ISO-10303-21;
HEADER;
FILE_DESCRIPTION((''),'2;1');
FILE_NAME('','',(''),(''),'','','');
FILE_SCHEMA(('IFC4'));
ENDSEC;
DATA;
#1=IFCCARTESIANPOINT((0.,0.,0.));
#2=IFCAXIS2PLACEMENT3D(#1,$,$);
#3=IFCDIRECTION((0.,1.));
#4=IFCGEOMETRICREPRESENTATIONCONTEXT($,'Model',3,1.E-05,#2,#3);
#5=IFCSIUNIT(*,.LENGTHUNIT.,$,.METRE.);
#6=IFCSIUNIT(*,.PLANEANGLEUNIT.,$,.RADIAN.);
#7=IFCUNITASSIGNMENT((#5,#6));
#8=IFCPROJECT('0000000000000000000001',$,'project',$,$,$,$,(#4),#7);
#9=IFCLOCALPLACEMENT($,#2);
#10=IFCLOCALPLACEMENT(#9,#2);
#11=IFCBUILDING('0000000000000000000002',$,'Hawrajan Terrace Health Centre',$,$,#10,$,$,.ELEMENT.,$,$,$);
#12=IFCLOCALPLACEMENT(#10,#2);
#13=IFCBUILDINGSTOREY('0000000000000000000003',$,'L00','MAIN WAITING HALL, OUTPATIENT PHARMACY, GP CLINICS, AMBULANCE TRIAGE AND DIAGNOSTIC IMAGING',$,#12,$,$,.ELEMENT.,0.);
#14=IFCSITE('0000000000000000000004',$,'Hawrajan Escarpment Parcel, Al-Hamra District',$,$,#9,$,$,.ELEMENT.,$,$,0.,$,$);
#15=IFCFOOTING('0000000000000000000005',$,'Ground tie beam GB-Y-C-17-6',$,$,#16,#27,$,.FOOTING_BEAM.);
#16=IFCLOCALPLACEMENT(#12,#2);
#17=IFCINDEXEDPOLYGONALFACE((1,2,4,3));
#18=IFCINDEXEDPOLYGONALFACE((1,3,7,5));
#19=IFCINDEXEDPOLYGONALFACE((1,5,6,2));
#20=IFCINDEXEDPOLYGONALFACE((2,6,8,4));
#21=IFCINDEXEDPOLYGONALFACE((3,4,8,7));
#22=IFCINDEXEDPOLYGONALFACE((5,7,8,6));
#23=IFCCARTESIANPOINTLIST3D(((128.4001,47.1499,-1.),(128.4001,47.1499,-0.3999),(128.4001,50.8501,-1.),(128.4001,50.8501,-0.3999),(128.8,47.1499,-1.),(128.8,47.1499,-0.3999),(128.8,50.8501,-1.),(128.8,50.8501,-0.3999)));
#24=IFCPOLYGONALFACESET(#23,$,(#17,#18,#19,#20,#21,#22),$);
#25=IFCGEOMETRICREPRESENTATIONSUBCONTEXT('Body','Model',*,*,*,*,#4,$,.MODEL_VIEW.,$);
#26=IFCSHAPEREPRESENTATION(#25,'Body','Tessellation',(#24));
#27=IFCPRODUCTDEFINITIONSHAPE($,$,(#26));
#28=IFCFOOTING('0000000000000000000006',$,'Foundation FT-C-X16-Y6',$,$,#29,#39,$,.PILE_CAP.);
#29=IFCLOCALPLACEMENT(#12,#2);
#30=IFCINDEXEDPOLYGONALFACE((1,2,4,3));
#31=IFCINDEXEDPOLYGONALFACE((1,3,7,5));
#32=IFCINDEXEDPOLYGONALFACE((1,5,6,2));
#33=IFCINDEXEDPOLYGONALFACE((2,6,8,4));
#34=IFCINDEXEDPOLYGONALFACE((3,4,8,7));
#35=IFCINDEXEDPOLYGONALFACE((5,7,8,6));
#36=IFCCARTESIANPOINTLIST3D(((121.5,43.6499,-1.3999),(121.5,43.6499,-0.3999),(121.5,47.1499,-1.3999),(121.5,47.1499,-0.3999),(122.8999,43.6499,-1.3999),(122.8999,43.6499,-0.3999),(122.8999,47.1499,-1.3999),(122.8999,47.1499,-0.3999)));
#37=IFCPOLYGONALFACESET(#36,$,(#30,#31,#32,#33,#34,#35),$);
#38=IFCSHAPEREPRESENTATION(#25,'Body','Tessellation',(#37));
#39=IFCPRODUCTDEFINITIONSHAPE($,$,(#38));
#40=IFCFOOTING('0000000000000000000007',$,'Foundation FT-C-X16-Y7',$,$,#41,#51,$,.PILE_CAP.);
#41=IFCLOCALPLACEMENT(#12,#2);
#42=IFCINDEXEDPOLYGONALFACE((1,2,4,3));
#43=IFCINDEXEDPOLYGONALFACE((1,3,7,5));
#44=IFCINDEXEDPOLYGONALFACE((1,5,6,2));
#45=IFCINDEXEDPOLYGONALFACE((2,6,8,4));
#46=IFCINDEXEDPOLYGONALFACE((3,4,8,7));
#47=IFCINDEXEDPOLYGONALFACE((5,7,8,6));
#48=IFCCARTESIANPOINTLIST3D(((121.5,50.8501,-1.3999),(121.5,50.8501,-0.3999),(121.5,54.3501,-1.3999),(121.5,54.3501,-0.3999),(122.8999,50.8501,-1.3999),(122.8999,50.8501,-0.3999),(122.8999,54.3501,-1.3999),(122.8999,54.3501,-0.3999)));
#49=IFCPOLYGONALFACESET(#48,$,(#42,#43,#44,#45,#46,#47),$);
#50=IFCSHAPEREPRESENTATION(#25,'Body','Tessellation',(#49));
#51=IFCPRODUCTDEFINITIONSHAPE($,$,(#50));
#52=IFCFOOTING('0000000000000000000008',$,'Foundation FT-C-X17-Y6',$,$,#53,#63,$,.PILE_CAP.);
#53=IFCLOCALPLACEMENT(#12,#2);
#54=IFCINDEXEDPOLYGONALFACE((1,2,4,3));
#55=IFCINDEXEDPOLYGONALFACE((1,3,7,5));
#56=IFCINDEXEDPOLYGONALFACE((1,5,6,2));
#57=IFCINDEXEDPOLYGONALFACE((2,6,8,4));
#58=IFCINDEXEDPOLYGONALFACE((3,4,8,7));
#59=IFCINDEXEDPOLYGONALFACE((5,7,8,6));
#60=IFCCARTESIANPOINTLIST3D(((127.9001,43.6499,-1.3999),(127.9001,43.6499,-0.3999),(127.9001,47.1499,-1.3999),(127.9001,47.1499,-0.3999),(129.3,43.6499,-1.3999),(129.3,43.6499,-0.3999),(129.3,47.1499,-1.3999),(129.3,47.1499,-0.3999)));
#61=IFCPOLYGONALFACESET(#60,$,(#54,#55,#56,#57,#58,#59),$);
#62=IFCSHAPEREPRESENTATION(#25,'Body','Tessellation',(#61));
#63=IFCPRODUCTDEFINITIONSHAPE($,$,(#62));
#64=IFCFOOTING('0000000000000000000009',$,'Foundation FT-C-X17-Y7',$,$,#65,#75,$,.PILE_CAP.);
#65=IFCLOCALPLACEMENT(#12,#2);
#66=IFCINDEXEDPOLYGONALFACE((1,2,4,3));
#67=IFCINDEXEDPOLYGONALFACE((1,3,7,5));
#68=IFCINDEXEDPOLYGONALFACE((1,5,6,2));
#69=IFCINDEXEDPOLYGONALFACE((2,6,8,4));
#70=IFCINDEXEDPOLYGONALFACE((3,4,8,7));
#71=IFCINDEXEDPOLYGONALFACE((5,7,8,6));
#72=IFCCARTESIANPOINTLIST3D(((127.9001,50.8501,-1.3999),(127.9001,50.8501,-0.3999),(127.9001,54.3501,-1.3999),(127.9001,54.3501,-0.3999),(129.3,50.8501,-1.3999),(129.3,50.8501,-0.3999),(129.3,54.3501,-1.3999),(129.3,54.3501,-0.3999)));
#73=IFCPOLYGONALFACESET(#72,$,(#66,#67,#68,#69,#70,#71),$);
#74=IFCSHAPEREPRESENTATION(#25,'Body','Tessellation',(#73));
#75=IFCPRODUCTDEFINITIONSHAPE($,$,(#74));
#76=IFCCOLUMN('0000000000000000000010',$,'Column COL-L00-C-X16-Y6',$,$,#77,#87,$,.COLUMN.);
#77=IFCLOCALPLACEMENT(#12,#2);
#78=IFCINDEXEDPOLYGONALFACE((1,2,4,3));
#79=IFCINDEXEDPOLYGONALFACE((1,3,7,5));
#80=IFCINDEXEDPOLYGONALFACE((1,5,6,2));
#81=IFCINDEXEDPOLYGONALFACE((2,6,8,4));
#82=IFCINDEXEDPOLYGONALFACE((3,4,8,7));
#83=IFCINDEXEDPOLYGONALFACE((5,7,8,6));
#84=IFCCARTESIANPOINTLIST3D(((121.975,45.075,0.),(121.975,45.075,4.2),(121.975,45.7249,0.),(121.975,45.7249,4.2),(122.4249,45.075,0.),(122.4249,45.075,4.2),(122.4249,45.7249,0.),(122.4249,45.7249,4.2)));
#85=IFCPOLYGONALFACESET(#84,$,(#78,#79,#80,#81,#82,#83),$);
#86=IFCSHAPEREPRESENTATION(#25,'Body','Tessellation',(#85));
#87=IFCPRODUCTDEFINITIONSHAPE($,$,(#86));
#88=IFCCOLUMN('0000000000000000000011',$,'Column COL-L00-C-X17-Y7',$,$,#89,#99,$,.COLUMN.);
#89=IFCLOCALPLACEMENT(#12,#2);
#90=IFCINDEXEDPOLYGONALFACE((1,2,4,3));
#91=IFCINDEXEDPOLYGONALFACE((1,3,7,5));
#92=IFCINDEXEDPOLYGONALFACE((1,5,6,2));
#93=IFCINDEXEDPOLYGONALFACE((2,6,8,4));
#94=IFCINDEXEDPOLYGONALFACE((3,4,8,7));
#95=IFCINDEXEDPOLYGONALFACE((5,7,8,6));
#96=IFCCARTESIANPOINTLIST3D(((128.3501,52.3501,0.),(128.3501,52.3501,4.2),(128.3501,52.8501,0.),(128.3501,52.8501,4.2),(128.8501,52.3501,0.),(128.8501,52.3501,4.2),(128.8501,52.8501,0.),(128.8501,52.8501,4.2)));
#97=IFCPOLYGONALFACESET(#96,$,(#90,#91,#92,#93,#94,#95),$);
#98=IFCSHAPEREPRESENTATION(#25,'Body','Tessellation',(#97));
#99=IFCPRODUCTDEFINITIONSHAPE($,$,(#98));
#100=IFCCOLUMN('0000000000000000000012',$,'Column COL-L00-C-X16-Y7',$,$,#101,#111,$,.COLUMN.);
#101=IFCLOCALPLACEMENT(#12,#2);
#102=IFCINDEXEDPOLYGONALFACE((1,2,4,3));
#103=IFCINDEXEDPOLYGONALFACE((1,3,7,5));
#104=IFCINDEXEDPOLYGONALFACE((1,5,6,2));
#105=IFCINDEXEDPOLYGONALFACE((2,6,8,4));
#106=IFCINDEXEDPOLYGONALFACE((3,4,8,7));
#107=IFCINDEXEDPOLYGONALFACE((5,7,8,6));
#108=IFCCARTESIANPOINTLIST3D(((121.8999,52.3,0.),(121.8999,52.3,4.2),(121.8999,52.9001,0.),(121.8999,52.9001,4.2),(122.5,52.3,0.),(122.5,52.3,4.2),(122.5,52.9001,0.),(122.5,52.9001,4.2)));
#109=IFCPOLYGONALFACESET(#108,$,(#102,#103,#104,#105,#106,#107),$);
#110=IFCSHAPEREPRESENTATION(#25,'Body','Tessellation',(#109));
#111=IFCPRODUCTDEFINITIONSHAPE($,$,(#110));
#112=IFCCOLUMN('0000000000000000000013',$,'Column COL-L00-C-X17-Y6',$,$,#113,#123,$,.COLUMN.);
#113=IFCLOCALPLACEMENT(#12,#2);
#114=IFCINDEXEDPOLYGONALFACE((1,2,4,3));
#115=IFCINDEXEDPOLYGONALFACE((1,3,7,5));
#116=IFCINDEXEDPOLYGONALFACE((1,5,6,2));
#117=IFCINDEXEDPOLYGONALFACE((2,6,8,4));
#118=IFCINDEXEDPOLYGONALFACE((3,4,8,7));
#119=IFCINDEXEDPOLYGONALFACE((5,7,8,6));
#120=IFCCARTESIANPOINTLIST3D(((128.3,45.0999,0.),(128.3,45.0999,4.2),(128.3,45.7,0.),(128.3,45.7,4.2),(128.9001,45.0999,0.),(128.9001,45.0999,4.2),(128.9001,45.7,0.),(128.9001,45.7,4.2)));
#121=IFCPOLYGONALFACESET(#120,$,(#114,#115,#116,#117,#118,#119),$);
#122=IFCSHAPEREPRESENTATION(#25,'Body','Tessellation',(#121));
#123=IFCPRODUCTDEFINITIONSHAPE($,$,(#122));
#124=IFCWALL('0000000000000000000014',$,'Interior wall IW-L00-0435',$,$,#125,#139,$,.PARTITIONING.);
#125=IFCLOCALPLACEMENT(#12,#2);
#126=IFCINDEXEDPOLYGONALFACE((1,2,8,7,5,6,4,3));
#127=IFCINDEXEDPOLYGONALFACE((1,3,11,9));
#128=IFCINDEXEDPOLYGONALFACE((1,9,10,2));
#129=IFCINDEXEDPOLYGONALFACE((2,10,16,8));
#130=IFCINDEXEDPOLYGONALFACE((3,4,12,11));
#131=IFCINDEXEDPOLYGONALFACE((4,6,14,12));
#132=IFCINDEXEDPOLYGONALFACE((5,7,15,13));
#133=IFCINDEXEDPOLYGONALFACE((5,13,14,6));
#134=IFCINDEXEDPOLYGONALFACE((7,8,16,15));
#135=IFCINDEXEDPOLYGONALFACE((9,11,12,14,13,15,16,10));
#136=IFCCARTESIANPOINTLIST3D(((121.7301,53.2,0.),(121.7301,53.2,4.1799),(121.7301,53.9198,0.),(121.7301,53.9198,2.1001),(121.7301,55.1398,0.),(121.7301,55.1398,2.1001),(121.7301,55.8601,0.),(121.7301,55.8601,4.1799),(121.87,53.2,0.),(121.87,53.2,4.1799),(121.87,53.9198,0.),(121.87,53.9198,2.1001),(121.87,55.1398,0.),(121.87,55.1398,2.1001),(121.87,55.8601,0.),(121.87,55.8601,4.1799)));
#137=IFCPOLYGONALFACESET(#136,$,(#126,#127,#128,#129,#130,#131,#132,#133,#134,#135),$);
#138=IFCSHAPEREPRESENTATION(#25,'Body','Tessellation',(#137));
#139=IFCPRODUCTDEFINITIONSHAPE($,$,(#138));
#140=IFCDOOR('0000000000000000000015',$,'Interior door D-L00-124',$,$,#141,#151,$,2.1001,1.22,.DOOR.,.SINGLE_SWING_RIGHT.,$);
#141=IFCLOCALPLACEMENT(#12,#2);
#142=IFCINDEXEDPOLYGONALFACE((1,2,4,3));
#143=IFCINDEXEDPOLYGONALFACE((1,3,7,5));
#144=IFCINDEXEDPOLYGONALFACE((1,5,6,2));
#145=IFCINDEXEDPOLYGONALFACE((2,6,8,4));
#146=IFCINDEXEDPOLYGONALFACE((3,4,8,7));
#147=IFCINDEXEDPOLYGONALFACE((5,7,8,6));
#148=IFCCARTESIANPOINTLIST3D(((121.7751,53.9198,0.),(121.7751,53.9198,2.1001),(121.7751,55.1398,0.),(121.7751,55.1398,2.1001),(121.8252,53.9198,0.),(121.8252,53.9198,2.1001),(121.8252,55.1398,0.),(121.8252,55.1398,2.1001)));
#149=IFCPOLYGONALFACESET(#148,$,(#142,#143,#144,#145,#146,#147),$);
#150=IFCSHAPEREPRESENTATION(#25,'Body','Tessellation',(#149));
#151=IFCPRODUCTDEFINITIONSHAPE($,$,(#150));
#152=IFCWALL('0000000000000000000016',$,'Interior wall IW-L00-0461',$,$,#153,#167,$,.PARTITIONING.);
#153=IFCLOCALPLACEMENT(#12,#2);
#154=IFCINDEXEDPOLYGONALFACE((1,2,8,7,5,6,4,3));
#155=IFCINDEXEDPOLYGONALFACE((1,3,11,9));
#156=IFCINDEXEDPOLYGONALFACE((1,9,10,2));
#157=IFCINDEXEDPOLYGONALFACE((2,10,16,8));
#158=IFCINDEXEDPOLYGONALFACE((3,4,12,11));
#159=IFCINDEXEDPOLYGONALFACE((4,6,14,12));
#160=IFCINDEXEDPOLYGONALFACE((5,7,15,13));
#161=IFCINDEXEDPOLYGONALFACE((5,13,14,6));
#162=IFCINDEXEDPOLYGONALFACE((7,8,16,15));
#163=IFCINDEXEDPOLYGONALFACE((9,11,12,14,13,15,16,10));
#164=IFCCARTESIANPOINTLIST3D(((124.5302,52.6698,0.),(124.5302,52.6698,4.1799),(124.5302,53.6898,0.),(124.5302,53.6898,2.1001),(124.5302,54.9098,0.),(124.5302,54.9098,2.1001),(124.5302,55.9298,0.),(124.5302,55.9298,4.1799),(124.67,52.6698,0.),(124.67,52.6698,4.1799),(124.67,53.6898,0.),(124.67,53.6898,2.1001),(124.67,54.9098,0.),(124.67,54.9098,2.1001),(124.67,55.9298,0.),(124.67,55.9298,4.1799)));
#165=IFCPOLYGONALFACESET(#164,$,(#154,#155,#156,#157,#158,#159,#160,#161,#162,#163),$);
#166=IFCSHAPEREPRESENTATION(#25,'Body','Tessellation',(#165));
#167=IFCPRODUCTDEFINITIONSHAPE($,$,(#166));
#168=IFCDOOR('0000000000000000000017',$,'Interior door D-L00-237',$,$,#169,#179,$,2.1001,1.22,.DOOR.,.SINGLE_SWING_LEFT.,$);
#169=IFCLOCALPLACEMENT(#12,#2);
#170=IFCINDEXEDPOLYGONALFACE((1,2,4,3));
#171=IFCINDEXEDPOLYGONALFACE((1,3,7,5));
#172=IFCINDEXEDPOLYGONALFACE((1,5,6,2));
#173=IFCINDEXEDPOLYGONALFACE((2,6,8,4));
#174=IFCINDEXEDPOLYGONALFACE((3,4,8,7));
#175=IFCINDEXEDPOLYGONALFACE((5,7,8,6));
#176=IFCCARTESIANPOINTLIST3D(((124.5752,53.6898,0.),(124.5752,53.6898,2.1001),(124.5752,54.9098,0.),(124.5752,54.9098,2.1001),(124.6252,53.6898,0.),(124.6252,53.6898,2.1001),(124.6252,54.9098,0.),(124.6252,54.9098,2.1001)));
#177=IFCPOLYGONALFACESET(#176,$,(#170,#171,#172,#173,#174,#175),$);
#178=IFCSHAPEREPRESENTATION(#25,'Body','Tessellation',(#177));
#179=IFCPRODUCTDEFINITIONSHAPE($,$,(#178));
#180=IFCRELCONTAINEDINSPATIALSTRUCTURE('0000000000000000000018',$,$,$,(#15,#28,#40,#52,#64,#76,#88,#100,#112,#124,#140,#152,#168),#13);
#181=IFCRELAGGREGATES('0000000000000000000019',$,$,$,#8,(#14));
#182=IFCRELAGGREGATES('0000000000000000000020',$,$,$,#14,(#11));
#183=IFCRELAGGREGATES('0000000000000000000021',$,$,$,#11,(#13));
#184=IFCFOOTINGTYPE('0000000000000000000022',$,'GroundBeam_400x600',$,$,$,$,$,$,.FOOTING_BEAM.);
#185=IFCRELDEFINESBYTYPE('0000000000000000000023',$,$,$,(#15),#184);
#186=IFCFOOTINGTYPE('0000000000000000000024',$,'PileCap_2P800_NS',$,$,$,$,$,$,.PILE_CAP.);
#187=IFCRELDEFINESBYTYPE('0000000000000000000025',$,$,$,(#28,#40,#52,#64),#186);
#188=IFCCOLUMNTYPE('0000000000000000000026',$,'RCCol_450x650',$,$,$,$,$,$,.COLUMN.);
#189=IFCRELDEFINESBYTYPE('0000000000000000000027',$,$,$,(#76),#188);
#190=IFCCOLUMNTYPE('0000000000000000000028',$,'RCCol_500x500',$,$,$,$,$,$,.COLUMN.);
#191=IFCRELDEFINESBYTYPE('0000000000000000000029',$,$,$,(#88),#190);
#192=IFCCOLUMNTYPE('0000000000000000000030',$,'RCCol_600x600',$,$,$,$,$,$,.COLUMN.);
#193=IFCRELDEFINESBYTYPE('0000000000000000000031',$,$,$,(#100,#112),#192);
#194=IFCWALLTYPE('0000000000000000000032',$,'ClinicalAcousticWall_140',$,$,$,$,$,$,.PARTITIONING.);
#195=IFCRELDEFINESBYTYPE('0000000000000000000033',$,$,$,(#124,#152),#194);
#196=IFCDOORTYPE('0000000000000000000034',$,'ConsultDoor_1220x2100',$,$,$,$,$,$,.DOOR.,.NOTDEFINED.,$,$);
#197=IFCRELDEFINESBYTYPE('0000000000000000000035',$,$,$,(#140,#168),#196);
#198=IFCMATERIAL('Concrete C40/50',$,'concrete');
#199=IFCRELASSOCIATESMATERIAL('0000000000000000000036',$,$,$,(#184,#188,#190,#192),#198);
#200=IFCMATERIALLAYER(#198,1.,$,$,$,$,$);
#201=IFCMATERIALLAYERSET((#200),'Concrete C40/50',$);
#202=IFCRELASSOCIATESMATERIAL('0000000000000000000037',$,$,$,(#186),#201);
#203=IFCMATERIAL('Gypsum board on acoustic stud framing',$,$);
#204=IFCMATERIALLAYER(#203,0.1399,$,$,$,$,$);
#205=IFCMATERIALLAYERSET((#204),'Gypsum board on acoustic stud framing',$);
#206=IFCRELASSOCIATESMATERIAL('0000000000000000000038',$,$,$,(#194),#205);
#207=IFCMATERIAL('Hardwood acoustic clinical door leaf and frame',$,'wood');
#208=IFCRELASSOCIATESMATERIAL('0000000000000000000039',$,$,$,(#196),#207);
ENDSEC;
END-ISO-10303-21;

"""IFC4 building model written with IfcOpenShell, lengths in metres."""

from ifc_helpers import new_model, si_unit, direction, frame, frame_2d, origin, origin_2d, place, context, subcontext, project, spatial, rectangle, extrude, material, layer, layer_set, material_profile, profile_set, type_object, element, fill, save


model = new_model("IFC4")

# Units and contexts
model_context = context("Model", 3, precision=1e-05, world=origin(), true_north=direction((0.0, 1.0)))
body_context = subcontext(model_context, "Body", "Model", "MODEL_VIEW")
ifc_project = project(units=[si_unit("LENGTHUNIT", "METRE"), si_unit("PLANEANGLEUNIT", "RADIAN")], contexts=[model_context])

# Site, building, storey
site_placement = place(None, origin())
site = spatial("IfcSite", under=ifc_project, at=site_placement, Name="Hawrajan Escarpment Parcel, Al-Hamra District", CompositionType="ELEMENT", RefElevation=0.0)
building_placement = place(site_placement, origin())
building = spatial("IfcBuilding", under=site, at=building_placement, Name="Hawrajan Terrace Health Centre", CompositionType="ELEMENT")
storey_placement = place(building_placement, origin())
storey = spatial("IfcBuildingStorey", under=building, at=storey_placement, Name="L00", Description="MAIN WAITING HALL, OUTPATIENT PHARMACY, GP CLINICS, AMBULANCE TRIAGE AND DIAGNOSTIC IMAGING", CompositionType="ELEMENT", Elevation=0.0)

# Shared definitions
ifc_material_1 = material(Name="Concrete C40/50", Category="concrete")

# Footings
ifc_material_profile_1 = material_profile(ifc_material_1, rectangle(XDim=0.3999, YDim=0.6001, at=origin_2d()), Name="RC BM 400x600")
ifc_profile_set_1 = profile_set([ifc_material_profile_1], Name="Concrete C40/50")
footing_type_1 = type_object("IfcFootingType", Name="GroundBeam_400x600", PredefinedType="FOOTING_BEAM", material=ifc_profile_set_1)
footing_1_placement = place(storey_placement, frame((128.6001, 47.1499, -0.7), z_axis=(0.0, 1.0, 0.0), x_axis=(-1.0, 0.0, 0.0)))
element("IfcFooting", 1, at=footing_1_placement, inside=storey, type_object=footing_type_1, Name="Ground tie beam GB-Y-C-17-6", PredefinedType="FOOTING_BEAM", context=body_context, shape_type="SweptSolid", body=[
    extrude(rectangle(XDim=0.3999, YDim=0.6001, at=origin_2d()), origin(), (0.0, 0.0, 1.0), 3.7002),
])
ifc_layer_1 = layer(ifc_material_1, 1.0)
ifc_layer_set_1 = layer_set([ifc_layer_1], Name="Concrete C40/50")
footing_type_2 = type_object("IfcFootingType", Name="PileCap_2P800_NS", PredefinedType="PILE_CAP", material=ifc_layer_set_1)
for number, where, z_axis, x_axis, name in (
    (2, (122.2, 45.3999, -1.3999), (0.0, 0.0, 1.0), (1.0, 0.0, 0.0), "Foundation FT-C-X16-Y6"),
    (3, (122.2, 52.6001, -1.3999), (0.0, 0.0, 1.0), (1.0, 0.0, 0.0), "Foundation FT-C-X16-Y7"),
    (4, (128.6001, 45.3999, -1.3999), (0.0, 0.0, 1.0), (1.0, 0.0, 0.0), "Foundation FT-C-X17-Y6"),
    (5, (128.6001, 52.6001, -1.3999), (0.0, 0.0, 1.0), (1.0, 0.0, 0.0), "Foundation FT-C-X17-Y7"),
):
    element("IfcFooting", number, at=place(storey_placement, frame(where, z_axis=z_axis, x_axis=x_axis)), inside=storey, type_object=footing_type_2, Name=name, PredefinedType="PILE_CAP", context=body_context, shape_type="SweptSolid", body=[
        extrude(rectangle(XDim=1.3999, YDim=3.5, at=origin_2d()), origin(), (0.0, 0.0, 1.0), 1.0),
    ])

# Columns
ifc_material_profile_2 = material_profile(ifc_material_1, rectangle(XDim=0.45, YDim=0.6499, at=origin_2d()), Name="RC 450x650")
ifc_profile_set_2 = profile_set([ifc_material_profile_2], Name="Concrete C40/50")
column_type_1 = type_object("IfcColumnType", Name="RCCol_450x650", PredefinedType="COLUMN", material=ifc_profile_set_2)
column_1_placement = place(storey_placement, frame((122.2, 45.3999, 0.0), z_axis=(0.0, 0.0, 1.0), x_axis=(1.0, 0.0, 0.0)))
element("IfcColumn", 6, at=column_1_placement, inside=storey, type_object=column_type_1, Name="Column COL-L00-C-X16-Y6", PredefinedType="COLUMN", context=body_context, shape_type="SweptSolid", body=[
    extrude(rectangle(XDim=0.45, YDim=0.6499, at=origin_2d()), origin(), (0.0, 0.0, 1.0), 4.2),
])
ifc_material_profile_3 = material_profile(ifc_material_1, rectangle(XDim=0.5, YDim=0.5, at=origin_2d()), Name="RC 500x500")
ifc_profile_set_3 = profile_set([ifc_material_profile_3], Name="Concrete C40/50")
column_type_2 = type_object("IfcColumnType", Name="RCCol_500x500", PredefinedType="COLUMN", material=ifc_profile_set_3)
column_2_placement = place(storey_placement, frame((128.6001, 52.6001, 0.0), z_axis=(0.0, 0.0, 1.0), x_axis=(1.0, 0.0, 0.0)))
element("IfcColumn", 7, at=column_2_placement, inside=storey, type_object=column_type_2, Name="Column COL-L00-C-X17-Y7", PredefinedType="COLUMN", context=body_context, shape_type="SweptSolid", body=[
    extrude(rectangle(XDim=0.5, YDim=0.5, at=origin_2d()), origin(), (0.0, 0.0, 1.0), 4.2),
])
ifc_material_profile_4 = material_profile(ifc_material_1, rectangle(XDim=0.6001, YDim=0.6001, at=origin_2d()), Name="RC 600x600")
ifc_profile_set_4 = profile_set([ifc_material_profile_4], Name="Concrete C40/50")
column_type_3 = type_object("IfcColumnType", Name="RCCol_600x600", PredefinedType="COLUMN", material=ifc_profile_set_4)
for number, where, z_axis, x_axis, name in (
    (8, (122.2, 52.6001, 0.0), (0.0, 0.0, 1.0), (1.0, 0.0, 0.0), "Column COL-L00-C-X16-Y7"),
    (9, (128.6001, 45.3999, 0.0), (0.0, 0.0, 1.0), (1.0, 0.0, 0.0), "Column COL-L00-C-X17-Y6"),
):
    element("IfcColumn", number, at=place(storey_placement, frame(where, z_axis=z_axis, x_axis=x_axis)), inside=storey, type_object=column_type_3, Name=name, PredefinedType="COLUMN", context=body_context, shape_type="SweptSolid", body=[
        extrude(rectangle(XDim=0.6001, YDim=0.6001, at=origin_2d()), origin(), (0.0, 0.0, 1.0), 4.2),
    ])

# Walls, openings, doors
ifc_material_2 = material(Name="Gypsum board on acoustic stud framing")
ifc_layer_2 = layer(ifc_material_2, 0.1399)
ifc_layer_set_2 = layer_set([ifc_layer_2], Name="Gypsum board on acoustic stud framing")
wall_type_1 = type_object("IfcWallType", Name="ClinicalAcousticWall_140", PredefinedType="PARTITIONING", material=ifc_layer_set_2)
wall_1_placement = place(storey_placement, frame((121.8, 53.2, 0.0), z_axis=(0.0, 0.0, 1.0), x_axis=(0.0, 1.0, 0.0)))
wall_1 = element("IfcWall", 10, at=wall_1_placement, inside=storey, type_object=wall_type_1, Name="Interior wall IW-L00-0435", PredefinedType="PARTITIONING", context=body_context, shape_type="SweptSolid", body=[
    extrude(rectangle(XDim=2.6602, YDim=0.1399, at=frame_2d((1.3301, 0.0))), origin(), (0.0, 0.0, 1.0), 4.1799),
])
opening_1_placement = place(wall_1_placement, frame((0.72, 0.0, 0.0)))
opening_1 = element("IfcOpeningElement", 11, at=opening_1_placement, cuts=wall_1, PredefinedType="OPENING", context=body_context, shape_type="SweptSolid", body=[
    extrude(rectangle(XDim=1.22, YDim=2.1001, at=frame_2d((0.6099, 1.05))), frame((0.0, 0.0798, 0.0), z_axis=(0.0, -1.0, 0.0), x_axis=(1.0, 0.0, 0.0)), (0.0, 0.0, 1.0), 0.1599),
])
ifc_material_3 = material(Name="Hardwood acoustic clinical door leaf and frame", Category="wood")
door_type_1 = type_object("IfcDoorType", Name="ConsultDoor_1220x2100", OperationType="NOTDEFINED", PredefinedType="DOOR", material=ifc_material_3)
door_1_placement = place(opening_1_placement, origin())
door_1 = element("IfcDoor", 12, at=door_1_placement, inside=storey, type_object=door_type_1, Name="Interior door D-L00-124", OperationType="SINGLE_SWING_RIGHT", OverallHeight=2.1001, OverallWidth=1.22, PredefinedType="DOOR", context=body_context, shape_type="SweptSolid", body=[
    extrude(rectangle(XDim=1.22, YDim=2.1001, at=frame_2d((0.6099, 1.05))), frame((0.0, 0.0249, 0.0), z_axis=(0.0, -1.0, 0.0), x_axis=(1.0, 0.0, 0.0)), (0.0, 0.0, 1.0), 0.05),
])
fill(opening_1, door_1)
wall_2_placement = place(storey_placement, frame((124.6001, 52.6699, 0.0), z_axis=(0.0, 0.0, 1.0), x_axis=(0.0, 1.0, 0.0)))
wall_2 = element("IfcWall", 13, at=wall_2_placement, inside=storey, type_object=wall_type_1, Name="Interior wall IW-L00-0461", PredefinedType="PARTITIONING", context=body_context, shape_type="SweptSolid", body=[
    extrude(rectangle(XDim=3.26, YDim=0.1399, at=frame_2d((1.6299, 0.0))), origin(), (0.0, 0.0, 1.0), 4.1799),
])
opening_2_placement = place(wall_2_placement, frame((1.02, 0.0, 0.0)))
opening_2 = element("IfcOpeningElement", 14, at=opening_2_placement, cuts=wall_2, PredefinedType="OPENING", context=body_context, shape_type="SweptSolid", body=[
    extrude(rectangle(XDim=1.22, YDim=2.1001, at=frame_2d((0.6099, 1.05))), frame((0.0, 0.0798, 0.0), z_axis=(0.0, -1.0, 0.0), x_axis=(1.0, 0.0, 0.0)), (0.0, 0.0, 1.0), 0.1599),
])
door_2_placement = place(opening_2_placement, origin())
door_2 = element("IfcDoor", 15, at=door_2_placement, inside=storey, type_object=door_type_1, Name="Interior door D-L00-237", OperationType="SINGLE_SWING_LEFT", OverallHeight=2.1001, OverallWidth=1.22, PredefinedType="DOOR", context=body_context, shape_type="SweptSolid", body=[
    extrude(rectangle(XDim=1.22, YDim=2.1001, at=frame_2d((0.6099, 1.05))), frame((0.0, 0.0249, 0.0), z_axis=(0.0, -1.0, 0.0), x_axis=(1.0, 0.0, 0.0)), (0.0, 0.0, 1.0), 0.05),
])
fill(opening_2, door_2)

save(model, "model.ifc")
